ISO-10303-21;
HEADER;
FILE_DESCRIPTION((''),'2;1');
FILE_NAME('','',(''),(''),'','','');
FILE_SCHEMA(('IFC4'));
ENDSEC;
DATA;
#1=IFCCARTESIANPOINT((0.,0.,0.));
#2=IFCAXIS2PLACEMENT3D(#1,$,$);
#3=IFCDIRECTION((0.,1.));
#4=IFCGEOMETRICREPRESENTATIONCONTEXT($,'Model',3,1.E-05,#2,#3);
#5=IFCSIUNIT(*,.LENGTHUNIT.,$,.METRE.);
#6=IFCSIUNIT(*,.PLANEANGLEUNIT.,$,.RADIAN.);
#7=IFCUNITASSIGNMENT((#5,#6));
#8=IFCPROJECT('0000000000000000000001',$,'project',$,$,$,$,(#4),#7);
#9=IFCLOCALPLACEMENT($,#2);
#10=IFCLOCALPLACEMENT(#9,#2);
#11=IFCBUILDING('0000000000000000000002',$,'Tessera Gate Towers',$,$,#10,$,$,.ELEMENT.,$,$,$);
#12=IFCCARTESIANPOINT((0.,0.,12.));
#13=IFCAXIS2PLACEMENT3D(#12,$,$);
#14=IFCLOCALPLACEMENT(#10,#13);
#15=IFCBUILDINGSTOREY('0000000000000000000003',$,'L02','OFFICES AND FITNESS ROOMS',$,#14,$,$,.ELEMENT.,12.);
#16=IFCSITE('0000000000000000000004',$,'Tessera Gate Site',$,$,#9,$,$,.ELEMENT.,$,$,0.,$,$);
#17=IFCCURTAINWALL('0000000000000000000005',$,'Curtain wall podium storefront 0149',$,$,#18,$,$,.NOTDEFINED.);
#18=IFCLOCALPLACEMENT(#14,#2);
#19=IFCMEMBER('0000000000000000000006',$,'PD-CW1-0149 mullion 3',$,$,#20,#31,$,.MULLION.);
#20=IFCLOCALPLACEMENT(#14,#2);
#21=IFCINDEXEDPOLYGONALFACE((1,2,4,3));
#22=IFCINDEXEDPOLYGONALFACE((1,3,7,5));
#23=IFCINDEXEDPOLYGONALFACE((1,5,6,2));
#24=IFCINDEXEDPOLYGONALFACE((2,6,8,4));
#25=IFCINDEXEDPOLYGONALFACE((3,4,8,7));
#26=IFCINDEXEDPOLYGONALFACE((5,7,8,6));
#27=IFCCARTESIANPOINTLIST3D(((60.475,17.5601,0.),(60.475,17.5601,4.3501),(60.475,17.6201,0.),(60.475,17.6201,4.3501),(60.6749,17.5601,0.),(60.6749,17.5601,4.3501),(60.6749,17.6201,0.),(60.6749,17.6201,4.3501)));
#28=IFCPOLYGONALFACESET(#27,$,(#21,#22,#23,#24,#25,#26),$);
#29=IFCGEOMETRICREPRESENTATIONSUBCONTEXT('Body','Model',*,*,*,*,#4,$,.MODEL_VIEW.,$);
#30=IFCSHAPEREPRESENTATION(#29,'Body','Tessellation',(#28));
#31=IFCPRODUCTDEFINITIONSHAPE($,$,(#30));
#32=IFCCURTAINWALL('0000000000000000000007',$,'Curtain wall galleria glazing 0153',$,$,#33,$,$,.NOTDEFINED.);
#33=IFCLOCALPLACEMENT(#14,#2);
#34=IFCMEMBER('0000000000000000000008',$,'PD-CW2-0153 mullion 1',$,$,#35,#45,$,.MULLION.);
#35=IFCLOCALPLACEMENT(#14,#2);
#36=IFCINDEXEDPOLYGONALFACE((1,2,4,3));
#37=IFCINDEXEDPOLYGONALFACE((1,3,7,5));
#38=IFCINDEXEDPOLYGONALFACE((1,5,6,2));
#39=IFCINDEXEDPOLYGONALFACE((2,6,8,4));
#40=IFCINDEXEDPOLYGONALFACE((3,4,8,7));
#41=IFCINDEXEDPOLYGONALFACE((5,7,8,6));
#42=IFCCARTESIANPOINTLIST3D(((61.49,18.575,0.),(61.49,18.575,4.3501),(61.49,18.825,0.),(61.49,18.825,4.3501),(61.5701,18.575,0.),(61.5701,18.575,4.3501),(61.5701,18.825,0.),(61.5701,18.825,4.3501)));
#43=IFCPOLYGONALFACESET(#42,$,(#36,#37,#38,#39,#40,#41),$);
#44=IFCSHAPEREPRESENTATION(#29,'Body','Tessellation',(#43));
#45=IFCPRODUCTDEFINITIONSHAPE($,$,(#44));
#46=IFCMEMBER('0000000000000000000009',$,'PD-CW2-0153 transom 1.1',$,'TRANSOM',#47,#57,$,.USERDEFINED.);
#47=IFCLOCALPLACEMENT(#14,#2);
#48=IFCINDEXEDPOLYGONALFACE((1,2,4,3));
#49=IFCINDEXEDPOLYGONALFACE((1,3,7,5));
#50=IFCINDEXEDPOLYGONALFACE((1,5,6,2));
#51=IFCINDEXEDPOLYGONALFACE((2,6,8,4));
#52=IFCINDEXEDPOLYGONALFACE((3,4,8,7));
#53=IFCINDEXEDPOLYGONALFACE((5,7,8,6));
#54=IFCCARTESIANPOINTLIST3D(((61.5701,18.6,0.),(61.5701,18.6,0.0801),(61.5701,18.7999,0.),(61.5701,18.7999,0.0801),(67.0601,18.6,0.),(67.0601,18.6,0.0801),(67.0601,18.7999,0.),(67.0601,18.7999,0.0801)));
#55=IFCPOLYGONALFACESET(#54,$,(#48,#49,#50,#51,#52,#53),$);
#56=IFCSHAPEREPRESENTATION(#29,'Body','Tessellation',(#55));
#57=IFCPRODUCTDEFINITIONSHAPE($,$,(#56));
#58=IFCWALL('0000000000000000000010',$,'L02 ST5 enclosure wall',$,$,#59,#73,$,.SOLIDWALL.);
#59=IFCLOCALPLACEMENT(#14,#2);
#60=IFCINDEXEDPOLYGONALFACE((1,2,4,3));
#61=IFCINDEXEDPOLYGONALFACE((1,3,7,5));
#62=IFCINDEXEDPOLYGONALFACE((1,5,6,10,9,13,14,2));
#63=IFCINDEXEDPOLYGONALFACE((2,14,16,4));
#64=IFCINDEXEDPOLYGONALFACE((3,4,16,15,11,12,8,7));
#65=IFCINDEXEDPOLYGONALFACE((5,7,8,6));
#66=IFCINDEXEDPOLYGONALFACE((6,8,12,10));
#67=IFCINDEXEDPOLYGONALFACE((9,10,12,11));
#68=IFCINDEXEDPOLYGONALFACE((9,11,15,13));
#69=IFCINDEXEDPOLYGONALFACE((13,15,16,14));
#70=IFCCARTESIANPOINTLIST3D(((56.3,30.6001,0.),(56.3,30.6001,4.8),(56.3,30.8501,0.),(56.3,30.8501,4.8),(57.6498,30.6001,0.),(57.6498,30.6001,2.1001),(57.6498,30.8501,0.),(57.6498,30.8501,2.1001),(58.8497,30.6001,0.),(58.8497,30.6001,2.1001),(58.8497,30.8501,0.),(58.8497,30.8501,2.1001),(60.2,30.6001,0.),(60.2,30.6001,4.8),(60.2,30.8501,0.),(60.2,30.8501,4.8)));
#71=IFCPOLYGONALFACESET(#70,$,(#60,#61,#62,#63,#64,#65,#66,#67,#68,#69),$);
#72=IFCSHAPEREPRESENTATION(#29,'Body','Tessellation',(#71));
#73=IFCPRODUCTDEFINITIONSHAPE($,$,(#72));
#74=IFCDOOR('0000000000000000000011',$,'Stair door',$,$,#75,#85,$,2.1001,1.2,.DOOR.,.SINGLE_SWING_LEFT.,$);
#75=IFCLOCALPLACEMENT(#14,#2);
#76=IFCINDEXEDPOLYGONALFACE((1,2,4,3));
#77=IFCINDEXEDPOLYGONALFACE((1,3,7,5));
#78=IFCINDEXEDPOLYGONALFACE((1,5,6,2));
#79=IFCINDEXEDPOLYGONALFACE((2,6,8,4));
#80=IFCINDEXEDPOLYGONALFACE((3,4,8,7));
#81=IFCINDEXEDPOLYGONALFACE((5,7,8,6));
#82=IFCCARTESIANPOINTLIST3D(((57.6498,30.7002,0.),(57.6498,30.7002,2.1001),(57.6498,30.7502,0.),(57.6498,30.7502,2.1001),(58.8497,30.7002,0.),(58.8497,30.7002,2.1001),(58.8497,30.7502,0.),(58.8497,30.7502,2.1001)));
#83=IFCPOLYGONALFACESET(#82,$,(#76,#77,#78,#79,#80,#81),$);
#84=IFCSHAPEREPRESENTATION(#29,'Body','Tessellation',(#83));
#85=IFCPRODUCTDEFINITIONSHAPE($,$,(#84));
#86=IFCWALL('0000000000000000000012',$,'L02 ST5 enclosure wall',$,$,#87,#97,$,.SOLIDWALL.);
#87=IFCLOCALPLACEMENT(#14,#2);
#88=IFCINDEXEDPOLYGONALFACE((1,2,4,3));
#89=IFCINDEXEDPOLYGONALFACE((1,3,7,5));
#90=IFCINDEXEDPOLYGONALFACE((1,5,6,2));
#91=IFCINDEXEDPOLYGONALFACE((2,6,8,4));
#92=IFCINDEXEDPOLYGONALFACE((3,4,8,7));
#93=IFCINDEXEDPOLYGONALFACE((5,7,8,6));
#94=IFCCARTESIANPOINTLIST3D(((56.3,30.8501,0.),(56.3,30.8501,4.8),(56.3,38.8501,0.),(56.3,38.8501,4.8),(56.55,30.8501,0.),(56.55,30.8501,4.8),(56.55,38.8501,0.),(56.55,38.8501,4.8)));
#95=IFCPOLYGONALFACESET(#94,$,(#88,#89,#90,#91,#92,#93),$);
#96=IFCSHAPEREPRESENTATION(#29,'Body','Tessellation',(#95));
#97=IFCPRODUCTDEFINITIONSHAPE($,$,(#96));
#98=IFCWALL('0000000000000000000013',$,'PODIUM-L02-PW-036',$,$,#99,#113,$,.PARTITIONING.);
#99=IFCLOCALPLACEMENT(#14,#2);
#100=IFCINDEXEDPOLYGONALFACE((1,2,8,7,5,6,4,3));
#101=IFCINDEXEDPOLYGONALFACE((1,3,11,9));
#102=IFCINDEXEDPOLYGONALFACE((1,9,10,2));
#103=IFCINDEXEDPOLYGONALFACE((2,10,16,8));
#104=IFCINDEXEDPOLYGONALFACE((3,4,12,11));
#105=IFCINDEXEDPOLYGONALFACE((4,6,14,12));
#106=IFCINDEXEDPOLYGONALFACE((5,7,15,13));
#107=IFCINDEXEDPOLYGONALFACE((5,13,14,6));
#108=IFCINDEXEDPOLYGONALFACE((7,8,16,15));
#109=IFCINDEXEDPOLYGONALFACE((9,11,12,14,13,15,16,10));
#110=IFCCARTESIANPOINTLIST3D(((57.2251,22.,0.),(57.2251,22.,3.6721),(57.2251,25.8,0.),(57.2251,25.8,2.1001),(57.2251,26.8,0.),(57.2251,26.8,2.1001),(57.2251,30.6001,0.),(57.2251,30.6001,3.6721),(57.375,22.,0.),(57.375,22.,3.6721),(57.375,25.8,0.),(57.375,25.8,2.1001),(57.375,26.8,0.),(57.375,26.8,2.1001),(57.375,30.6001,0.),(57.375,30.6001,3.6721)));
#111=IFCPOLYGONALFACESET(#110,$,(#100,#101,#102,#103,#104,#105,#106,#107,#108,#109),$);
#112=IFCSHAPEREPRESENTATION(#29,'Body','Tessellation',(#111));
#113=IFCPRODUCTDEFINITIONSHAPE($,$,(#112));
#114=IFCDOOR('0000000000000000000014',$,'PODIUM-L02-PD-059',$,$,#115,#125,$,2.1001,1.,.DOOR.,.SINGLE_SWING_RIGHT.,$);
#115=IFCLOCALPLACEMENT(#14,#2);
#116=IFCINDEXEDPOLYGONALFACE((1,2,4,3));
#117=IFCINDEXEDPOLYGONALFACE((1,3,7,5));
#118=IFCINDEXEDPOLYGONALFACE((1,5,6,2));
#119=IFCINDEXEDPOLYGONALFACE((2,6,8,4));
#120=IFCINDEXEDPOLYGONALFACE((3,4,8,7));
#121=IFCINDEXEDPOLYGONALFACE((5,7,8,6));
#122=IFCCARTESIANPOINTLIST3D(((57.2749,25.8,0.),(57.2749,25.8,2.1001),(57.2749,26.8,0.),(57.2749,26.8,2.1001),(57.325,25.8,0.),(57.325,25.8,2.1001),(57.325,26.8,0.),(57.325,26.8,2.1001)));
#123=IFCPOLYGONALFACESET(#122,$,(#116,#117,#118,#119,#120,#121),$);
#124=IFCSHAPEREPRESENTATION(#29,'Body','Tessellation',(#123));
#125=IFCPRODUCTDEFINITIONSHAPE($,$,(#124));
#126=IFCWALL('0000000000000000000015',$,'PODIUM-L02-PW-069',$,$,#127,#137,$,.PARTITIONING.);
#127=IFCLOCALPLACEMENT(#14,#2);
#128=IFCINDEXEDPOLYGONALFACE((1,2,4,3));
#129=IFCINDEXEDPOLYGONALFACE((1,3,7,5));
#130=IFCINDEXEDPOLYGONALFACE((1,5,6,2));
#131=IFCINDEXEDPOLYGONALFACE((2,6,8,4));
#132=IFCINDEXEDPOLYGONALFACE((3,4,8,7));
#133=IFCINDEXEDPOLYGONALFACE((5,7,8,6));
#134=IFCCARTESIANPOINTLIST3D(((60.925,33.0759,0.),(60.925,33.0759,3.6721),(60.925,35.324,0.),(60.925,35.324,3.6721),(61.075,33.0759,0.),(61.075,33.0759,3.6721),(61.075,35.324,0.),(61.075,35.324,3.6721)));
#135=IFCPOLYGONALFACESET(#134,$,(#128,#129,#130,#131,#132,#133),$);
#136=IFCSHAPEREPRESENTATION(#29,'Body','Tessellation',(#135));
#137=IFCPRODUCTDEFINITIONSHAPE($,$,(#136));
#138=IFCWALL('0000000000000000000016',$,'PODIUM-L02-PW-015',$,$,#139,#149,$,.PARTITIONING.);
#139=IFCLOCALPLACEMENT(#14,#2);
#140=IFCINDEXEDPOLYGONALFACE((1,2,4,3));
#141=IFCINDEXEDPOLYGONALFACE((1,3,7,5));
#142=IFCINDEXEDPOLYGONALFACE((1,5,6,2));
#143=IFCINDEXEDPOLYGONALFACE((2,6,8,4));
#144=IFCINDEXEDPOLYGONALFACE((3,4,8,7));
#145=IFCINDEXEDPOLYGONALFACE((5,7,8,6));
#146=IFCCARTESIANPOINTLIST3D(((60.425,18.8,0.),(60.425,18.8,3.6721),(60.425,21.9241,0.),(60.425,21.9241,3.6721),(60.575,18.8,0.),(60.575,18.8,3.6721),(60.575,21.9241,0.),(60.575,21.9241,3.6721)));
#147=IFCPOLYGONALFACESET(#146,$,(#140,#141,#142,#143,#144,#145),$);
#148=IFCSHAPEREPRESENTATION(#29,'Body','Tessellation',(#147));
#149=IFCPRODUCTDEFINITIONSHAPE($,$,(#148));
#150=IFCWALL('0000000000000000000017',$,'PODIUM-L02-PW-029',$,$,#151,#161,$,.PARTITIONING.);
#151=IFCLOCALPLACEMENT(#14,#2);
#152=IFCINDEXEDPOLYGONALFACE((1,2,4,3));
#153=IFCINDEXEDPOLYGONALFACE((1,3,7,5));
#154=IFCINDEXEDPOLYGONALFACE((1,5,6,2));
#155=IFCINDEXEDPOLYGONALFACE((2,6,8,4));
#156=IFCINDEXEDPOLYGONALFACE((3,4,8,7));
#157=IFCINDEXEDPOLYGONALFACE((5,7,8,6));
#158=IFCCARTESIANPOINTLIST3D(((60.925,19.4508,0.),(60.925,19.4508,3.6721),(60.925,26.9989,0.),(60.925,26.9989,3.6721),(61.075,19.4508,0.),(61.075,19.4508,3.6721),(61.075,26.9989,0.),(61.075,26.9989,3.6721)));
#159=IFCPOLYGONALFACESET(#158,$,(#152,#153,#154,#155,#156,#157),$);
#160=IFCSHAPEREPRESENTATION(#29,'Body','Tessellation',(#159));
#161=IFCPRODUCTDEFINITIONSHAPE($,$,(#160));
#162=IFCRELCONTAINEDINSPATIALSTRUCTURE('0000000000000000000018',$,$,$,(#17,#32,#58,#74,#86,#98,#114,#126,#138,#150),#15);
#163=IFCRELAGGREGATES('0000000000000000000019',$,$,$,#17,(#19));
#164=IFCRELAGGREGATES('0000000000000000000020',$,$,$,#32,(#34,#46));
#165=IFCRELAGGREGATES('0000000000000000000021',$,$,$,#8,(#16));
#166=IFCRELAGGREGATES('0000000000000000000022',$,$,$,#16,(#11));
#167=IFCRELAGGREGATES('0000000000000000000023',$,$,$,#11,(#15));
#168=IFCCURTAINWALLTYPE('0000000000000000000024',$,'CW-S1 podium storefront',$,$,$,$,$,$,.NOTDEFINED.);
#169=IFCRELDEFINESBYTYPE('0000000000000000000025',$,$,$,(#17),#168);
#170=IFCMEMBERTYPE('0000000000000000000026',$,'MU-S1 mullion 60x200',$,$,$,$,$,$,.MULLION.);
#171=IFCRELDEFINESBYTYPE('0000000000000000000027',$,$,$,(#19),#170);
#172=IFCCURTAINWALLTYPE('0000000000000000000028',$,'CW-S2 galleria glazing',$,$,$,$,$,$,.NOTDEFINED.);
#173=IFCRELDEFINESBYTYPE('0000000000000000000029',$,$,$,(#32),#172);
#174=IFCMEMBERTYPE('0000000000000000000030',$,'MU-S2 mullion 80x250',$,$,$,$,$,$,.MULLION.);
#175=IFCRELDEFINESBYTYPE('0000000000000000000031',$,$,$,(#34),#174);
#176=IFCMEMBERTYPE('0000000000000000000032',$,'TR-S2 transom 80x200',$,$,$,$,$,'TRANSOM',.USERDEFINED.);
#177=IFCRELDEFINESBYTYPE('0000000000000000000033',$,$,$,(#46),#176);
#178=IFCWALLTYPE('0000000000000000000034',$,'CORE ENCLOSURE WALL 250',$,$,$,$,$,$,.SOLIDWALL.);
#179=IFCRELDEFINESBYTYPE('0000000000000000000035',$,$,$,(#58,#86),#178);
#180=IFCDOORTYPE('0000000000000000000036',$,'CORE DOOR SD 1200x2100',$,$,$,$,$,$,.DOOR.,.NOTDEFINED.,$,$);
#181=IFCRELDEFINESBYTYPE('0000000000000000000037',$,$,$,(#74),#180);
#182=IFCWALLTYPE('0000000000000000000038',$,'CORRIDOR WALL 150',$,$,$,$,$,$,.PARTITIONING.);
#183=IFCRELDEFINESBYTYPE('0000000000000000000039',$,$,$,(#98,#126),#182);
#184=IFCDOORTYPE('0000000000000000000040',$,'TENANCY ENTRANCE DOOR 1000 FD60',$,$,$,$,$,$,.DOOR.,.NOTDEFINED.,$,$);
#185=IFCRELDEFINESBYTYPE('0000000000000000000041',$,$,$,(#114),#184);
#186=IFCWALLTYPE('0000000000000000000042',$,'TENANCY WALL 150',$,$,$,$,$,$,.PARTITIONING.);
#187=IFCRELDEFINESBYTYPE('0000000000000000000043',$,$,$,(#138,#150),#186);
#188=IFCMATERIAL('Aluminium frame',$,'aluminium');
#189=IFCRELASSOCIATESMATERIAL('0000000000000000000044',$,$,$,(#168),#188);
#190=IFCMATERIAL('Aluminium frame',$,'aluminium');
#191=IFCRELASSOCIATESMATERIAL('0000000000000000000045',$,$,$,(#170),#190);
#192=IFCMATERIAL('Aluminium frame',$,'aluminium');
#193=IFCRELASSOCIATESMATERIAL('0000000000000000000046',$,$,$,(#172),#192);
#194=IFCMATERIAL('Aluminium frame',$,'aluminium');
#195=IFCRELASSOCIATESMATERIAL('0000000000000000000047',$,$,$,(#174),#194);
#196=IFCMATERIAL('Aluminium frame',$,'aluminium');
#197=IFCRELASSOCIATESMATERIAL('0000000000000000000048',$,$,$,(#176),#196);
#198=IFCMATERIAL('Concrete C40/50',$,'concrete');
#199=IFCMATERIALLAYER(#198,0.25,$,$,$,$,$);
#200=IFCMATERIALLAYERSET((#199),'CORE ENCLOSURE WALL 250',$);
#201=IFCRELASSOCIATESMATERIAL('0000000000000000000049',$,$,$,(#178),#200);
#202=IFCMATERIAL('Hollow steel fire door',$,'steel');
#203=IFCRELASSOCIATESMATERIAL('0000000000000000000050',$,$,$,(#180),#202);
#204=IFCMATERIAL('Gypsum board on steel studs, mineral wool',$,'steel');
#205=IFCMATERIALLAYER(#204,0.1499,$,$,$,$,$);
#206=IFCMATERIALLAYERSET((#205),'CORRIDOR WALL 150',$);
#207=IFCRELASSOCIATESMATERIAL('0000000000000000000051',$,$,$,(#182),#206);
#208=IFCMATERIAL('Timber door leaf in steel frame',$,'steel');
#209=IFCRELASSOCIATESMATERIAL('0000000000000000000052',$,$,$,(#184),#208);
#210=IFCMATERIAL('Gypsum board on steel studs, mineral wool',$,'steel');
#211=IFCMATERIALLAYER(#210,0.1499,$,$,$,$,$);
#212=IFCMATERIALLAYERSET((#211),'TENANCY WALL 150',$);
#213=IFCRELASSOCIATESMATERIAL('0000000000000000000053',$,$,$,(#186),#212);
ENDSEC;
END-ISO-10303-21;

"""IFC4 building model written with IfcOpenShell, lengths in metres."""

from ifc_helpers import new_model, si_unit, direction, frame, frame_2d, origin, origin_2d, place, context, subcontext, project, spatial, rectangle, extrude, source, transform, mapped, material, layer, layer_set, material_profile, profile_set, type_object, element, fill, aggregate, save


model = new_model("IFC4")

# Units and contexts
model_context = context("Model", 3, precision=1e-05, world=origin(), true_north=direction((0.0, 1.0)))
body_context = subcontext(model_context, "Body", "Model", "MODEL_VIEW")
ifc_project = project(units=[si_unit("LENGTHUNIT", "METRE"), si_unit("PLANEANGLEUNIT", "RADIAN")], contexts=[model_context])

# Site, building, storey
site_placement = place(None, origin())
site = spatial("IfcSite", under=ifc_project, at=site_placement, Name="Tessera Gate Site", CompositionType="ELEMENT", RefElevation=0.0)
building_placement = place(site_placement, origin())
building = spatial("IfcBuilding", under=site, at=building_placement, Name="Tessera Gate Towers", CompositionType="ELEMENT")
storey_placement = place(building_placement, frame((0.0, 0.0, 12.0)))
storey = spatial("IfcBuildingStorey", under=building, at=storey_placement, Name="L02", Description="OFFICES AND FITNESS ROOMS", CompositionType="ELEMENT", Elevation=12.0)

# Curtain wall, member
ifc_material_1 = material(Name="Aluminium frame", Category="aluminium")
curtain_wall_type_1 = type_object("IfcCurtainWallType", Name="CW-S1 podium storefront", PredefinedType="NOTDEFINED", material=ifc_material_1)
curtain_wall_1_placement = place(storey_placement, origin())
curtain_wall_1 = element("IfcCurtainWall", 1, at=curtain_wall_1_placement, inside=storey, type_object=curtain_wall_type_1, Name="Curtain wall podium storefront 0149", PredefinedType="NOTDEFINED")
ifc_material_2 = material(Name="Aluminium frame", Category="aluminium")
ifc_material_profile_1 = material_profile(ifc_material_2, rectangle(XDim=0.0601, YDim=0.2, at=origin_2d()), Name="AL 60x200")
ifc_profile_set_1 = profile_set([ifc_material_profile_1], Name="Aluminium frame")
member_type_1 = type_object("IfcMemberType", Name="MU-S1 mullion 60x200", PredefinedType="MULLION", material=ifc_profile_set_1)
member_1_placement = place(storey_placement, frame((60.575, 17.5901, 0.0), z_axis=(0.0, 0.0, 1.0), x_axis=(0.0, 1.0, 0.0)))
member_1 = element("IfcMember", 2, at=member_1_placement, type_object=member_type_1, Name="PD-CW1-0149 mullion 3", PredefinedType="MULLION", context=body_context, shape_type="SweptSolid", body=[
    extrude(rectangle(XDim=0.0601, YDim=0.2, at=origin_2d()), origin(), (0.0, 0.0, 1.0), 4.3501),
])
aggregate(curtain_wall_1, [member_1])

# Curtain wall, members
ifc_material_3 = material(Name="Aluminium frame", Category="aluminium")
curtain_wall_type_2 = type_object("IfcCurtainWallType", Name="CW-S2 galleria glazing", PredefinedType="NOTDEFINED", material=ifc_material_3)
curtain_wall_2_placement = place(storey_placement, origin())
curtain_wall_2 = element("IfcCurtainWall", 3, at=curtain_wall_2_placement, inside=storey, type_object=curtain_wall_type_2, Name="Curtain wall galleria glazing 0153", PredefinedType="NOTDEFINED")
ifc_material_4 = material(Name="Aluminium frame", Category="aluminium")
ifc_material_profile_2 = material_profile(ifc_material_4, rectangle(XDim=0.0801, YDim=0.25, at=origin_2d()), Name="AL 80x250")
ifc_profile_set_2 = profile_set([ifc_material_profile_2], Name="Aluminium frame")
member_type_2 = type_object("IfcMemberType", Name="MU-S2 mullion 80x250", PredefinedType="MULLION", material=ifc_profile_set_2)
member_2_placement = place(storey_placement, frame((61.53, 18.7, 0.0), z_axis=(0.0, 0.0, 1.0), x_axis=(1.0, 0.0, 0.0)))
member_2 = element("IfcMember", 4, at=member_2_placement, type_object=member_type_2, Name="PD-CW2-0153 mullion 1", PredefinedType="MULLION", context=body_context, shape_type="SweptSolid", body=[
    extrude(rectangle(XDim=0.0801, YDim=0.25, at=origin_2d()), origin(), (0.0, 0.0, 1.0), 4.3501),
])
ifc_material_5 = material(Name="Aluminium frame", Category="aluminium")
ifc_material_profile_3 = material_profile(ifc_material_5, rectangle(XDim=0.2, YDim=0.0801, at=origin_2d()), Name="AL 80x200")
ifc_profile_set_3 = profile_set([ifc_material_profile_3], Name="Aluminium frame")
member_type_3 = type_object("IfcMemberType", Name="TR-S2 transom 80x200", ElementType="TRANSOM", PredefinedType="USERDEFINED", material=ifc_profile_set_3)
member_3_placement = place(storey_placement, frame((61.5701, 18.7, 0.04), z_axis=(1.0, 0.0, 0.0), x_axis=(0.0, 1.0, 0.0)))
member_3 = element("IfcMember", 5, at=member_3_placement, type_object=member_type_3, Name="PD-CW2-0153 transom 1.1", ObjectType="TRANSOM", PredefinedType="USERDEFINED", context=body_context, shape_type="SweptSolid", body=[
    extrude(rectangle(XDim=0.2, YDim=0.0801, at=origin_2d()), origin(), (0.0, 0.0, 1.0), 5.49),
])
aggregate(curtain_wall_2, [member_2, member_3])

# Wall, opening, door
ifc_material_6 = material(Name="Concrete C40/50", Category="concrete")
ifc_layer_1 = layer(ifc_material_6, 0.25)
ifc_layer_set_1 = layer_set([ifc_layer_1], Name="CORE ENCLOSURE WALL 250")
wall_type_1 = type_object("IfcWallType", Name="CORE ENCLOSURE WALL 250", PredefinedType="SOLIDWALL", material=ifc_layer_set_1)
wall_1_placement = place(storey_placement, frame((60.2, 30.7251, 0.0), z_axis=(0.0, 0.0, 1.0), x_axis=(-1.0, 0.0, 0.0)))
wall_1 = element("IfcWall", 6, at=wall_1_placement, inside=storey, type_object=wall_type_1, Name="L02 ST5 enclosure wall", PredefinedType="SOLIDWALL", context=body_context, shape_type="SweptSolid", body=[
    extrude(rectangle(XDim=3.8999, YDim=0.25, at=frame_2d((1.95, 0.0))), origin(), (0.0, 0.0, 1.0), 4.8),
])
shared_shape_1 = source(origin(), body_context, "Body", "SweptSolid", [
    extrude(rectangle(XDim=1.2, YDim=2.1001, at=frame_2d((0.6001, 1.05))), frame((0.0, 0.135, 0.0), z_axis=(0.0, -1.0, 0.0), x_axis=(1.0, 0.0, 0.0)), (0.0, 0.0, 1.0), 0.27),
])
opening_1_placement = place(wall_1_placement, frame((1.3501, 0.0, 0.0)))
opening_1 = element("IfcOpeningElement", 7, at=opening_1_placement, cuts=wall_1, PredefinedType="OPENING", context=body_context, shape_type="MappedRepresentation", body=[
    mapped(shared_shape_1, transform((0.0, 0.0, 0.0), scale=1.0)),
])
ifc_material_7 = material(Name="Hollow steel fire door", Category="steel")
door_type_1 = type_object("IfcDoorType", Name="CORE DOOR SD 1200x2100", OperationType="NOTDEFINED", PredefinedType="DOOR", material=ifc_material_7)
shared_shape_2 = source(origin(), body_context, "Body", "SweptSolid", [
    extrude(rectangle(XDim=1.2, YDim=2.1001, at=frame_2d((0.6001, 1.05))), frame((0.0, 0.0249, 0.0), z_axis=(0.0, -1.0, 0.0), x_axis=(1.0, 0.0, 0.0)), (0.0, 0.0, 1.0), 0.05),
])
door_1_placement = place(opening_1_placement, origin())
door_1 = element("IfcDoor", 8, at=door_1_placement, inside=storey, type_object=door_type_1, Name="Stair door", OperationType="SINGLE_SWING_LEFT", OverallHeight=2.1001, OverallWidth=1.2, PredefinedType="DOOR", context=body_context, shape_type="MappedRepresentation", body=[
    mapped(shared_shape_2, transform((0.0, 0.0, 0.0), scale=1.0)),
])
fill(opening_1, door_1)

# Wall
wall_2_placement = place(storey_placement, frame((56.425, 30.8501, 0.0), z_axis=(0.0, 0.0, 1.0), x_axis=(0.0, 1.0, 0.0)))
element("IfcWall", 9, at=wall_2_placement, inside=storey, type_object=wall_type_1, Name="L02 ST5 enclosure wall", PredefinedType="SOLIDWALL", context=body_context, shape_type="SweptSolid", body=[
    extrude(rectangle(XDim=8.0, YDim=0.25, at=frame_2d((4.0, 0.0))), origin(), (0.0, 0.0, 1.0), 4.8),
])

# Wall, opening, door
ifc_material_8 = material(Name="Gypsum board on steel studs, mineral wool", Category="steel")
ifc_layer_2 = layer(ifc_material_8, 0.1499)
ifc_layer_set_2 = layer_set([ifc_layer_2], Name="CORRIDOR WALL 150")
wall_type_2 = type_object("IfcWallType", Name="CORRIDOR WALL 150", PredefinedType="PARTITIONING", material=ifc_layer_set_2)
wall_3_placement = place(storey_placement, frame((57.3, 30.6001, 0.0), z_axis=(0.0, 0.0, 1.0), x_axis=(0.0, -1.0, 0.0)))
wall_3 = element("IfcWall", 10, at=wall_3_placement, inside=storey, type_object=wall_type_2, Name="PODIUM-L02-PW-036", PredefinedType="PARTITIONING", context=body_context, shape_type="SweptSolid", body=[
    extrude(rectangle(XDim=8.6001, YDim=0.1499, at=frame_2d((4.3, 0.0))), origin(), (0.0, 0.0, 1.0), 3.6721),
])
shared_shape_3 = source(origin(), body_context, "Body", "SweptSolid", [
    extrude(rectangle(XDim=1.0, YDim=2.1001, at=frame_2d((0.5, 1.05))), frame((0.0, 0.085, 0.0), z_axis=(0.0, -1.0, 0.0), x_axis=(1.0, 0.0, 0.0)), (0.0, 0.0, 1.0), 0.1699),
])
opening_2_placement = place(wall_3_placement, frame((3.8, 0.0, 0.0)))
opening_2 = element("IfcOpeningElement", 11, at=opening_2_placement, cuts=wall_3, PredefinedType="OPENING", context=body_context, shape_type="MappedRepresentation", body=[
    mapped(shared_shape_3, transform((0.0, 0.0, 0.0), scale=1.0)),
])
ifc_material_9 = material(Name="Timber door leaf in steel frame", Category="steel")
door_type_2 = type_object("IfcDoorType", Name="TENANCY ENTRANCE DOOR 1000 FD60", OperationType="NOTDEFINED", PredefinedType="DOOR", material=ifc_material_9)
shared_shape_4 = source(origin(), body_context, "Body", "SweptSolid", [
    extrude(rectangle(XDim=1.0, YDim=2.1001, at=frame_2d((0.5, 1.05))), frame((0.0, 0.0249, 0.0), z_axis=(0.0, -1.0, 0.0), x_axis=(1.0, 0.0, 0.0)), (0.0, 0.0, 1.0), 0.05),
])
door_2_placement = place(opening_2_placement, origin())
door_2 = element("IfcDoor", 12, at=door_2_placement, inside=storey, type_object=door_type_2, Name="PODIUM-L02-PD-059", OperationType="SINGLE_SWING_RIGHT", OverallHeight=2.1001, OverallWidth=1.0, PredefinedType="DOOR", context=body_context, shape_type="MappedRepresentation", body=[
    mapped(shared_shape_4, transform((0.0, 0.0, 0.0), scale=1.0)),
])
fill(opening_2, door_2)

# Walls
wall_4_placement = place(storey_placement, frame((61.0, 33.0759, 0.0), z_axis=(0.0, 0.0, 1.0), x_axis=(0.0, 1.0, 0.0)))
element("IfcWall", 13, at=wall_4_placement, inside=storey, type_object=wall_type_2, Name="PODIUM-L02-PW-069", PredefinedType="PARTITIONING", context=body_context, shape_type="SweptSolid", body=[
    extrude(rectangle(XDim=2.248, YDim=0.1499, at=frame_2d((1.124, 0.0))), origin(), (0.0, 0.0, 1.0), 3.6721),
])
ifc_material_10 = material(Name="Gypsum board on steel studs, mineral wool", Category="steel")
ifc_layer_3 = layer(ifc_material_10, 0.1499)
ifc_layer_set_3 = layer_set([ifc_layer_3], Name="TENANCY WALL 150")
wall_type_3 = type_object("IfcWallType", Name="TENANCY WALL 150", PredefinedType="PARTITIONING", material=ifc_layer_set_3)
wall_5_placement = place(storey_placement, frame((60.5, 18.8, 0.0), z_axis=(0.0, 0.0, 1.0), x_axis=(0.0, 1.0, 0.0)))
element("IfcWall", 14, at=wall_5_placement, inside=storey, type_object=wall_type_3, Name="PODIUM-L02-PW-015", PredefinedType="PARTITIONING", context=body_context, shape_type="SweptSolid", body=[
    extrude(rectangle(XDim=3.124, YDim=0.1499, at=frame_2d((1.562, 0.0))), origin(), (0.0, 0.0, 1.0), 3.6721),
])
wall_6_placement = place(storey_placement, frame((61.0, 19.4509, 0.0), z_axis=(0.0, 0.0, 1.0), x_axis=(0.0, 1.0, 0.0)))
element("IfcWall", 15, at=wall_6_placement, inside=storey, type_object=wall_type_3, Name="PODIUM-L02-PW-029", PredefinedType="PARTITIONING", context=body_context, shape_type="SweptSolid", body=[
    extrude(rectangle(XDim=7.5481, YDim=0.1499, at=frame_2d((3.7739, 0.0))), origin(), (0.0, 0.0, 1.0), 3.6721),
])

save(model, "model.ifc")
